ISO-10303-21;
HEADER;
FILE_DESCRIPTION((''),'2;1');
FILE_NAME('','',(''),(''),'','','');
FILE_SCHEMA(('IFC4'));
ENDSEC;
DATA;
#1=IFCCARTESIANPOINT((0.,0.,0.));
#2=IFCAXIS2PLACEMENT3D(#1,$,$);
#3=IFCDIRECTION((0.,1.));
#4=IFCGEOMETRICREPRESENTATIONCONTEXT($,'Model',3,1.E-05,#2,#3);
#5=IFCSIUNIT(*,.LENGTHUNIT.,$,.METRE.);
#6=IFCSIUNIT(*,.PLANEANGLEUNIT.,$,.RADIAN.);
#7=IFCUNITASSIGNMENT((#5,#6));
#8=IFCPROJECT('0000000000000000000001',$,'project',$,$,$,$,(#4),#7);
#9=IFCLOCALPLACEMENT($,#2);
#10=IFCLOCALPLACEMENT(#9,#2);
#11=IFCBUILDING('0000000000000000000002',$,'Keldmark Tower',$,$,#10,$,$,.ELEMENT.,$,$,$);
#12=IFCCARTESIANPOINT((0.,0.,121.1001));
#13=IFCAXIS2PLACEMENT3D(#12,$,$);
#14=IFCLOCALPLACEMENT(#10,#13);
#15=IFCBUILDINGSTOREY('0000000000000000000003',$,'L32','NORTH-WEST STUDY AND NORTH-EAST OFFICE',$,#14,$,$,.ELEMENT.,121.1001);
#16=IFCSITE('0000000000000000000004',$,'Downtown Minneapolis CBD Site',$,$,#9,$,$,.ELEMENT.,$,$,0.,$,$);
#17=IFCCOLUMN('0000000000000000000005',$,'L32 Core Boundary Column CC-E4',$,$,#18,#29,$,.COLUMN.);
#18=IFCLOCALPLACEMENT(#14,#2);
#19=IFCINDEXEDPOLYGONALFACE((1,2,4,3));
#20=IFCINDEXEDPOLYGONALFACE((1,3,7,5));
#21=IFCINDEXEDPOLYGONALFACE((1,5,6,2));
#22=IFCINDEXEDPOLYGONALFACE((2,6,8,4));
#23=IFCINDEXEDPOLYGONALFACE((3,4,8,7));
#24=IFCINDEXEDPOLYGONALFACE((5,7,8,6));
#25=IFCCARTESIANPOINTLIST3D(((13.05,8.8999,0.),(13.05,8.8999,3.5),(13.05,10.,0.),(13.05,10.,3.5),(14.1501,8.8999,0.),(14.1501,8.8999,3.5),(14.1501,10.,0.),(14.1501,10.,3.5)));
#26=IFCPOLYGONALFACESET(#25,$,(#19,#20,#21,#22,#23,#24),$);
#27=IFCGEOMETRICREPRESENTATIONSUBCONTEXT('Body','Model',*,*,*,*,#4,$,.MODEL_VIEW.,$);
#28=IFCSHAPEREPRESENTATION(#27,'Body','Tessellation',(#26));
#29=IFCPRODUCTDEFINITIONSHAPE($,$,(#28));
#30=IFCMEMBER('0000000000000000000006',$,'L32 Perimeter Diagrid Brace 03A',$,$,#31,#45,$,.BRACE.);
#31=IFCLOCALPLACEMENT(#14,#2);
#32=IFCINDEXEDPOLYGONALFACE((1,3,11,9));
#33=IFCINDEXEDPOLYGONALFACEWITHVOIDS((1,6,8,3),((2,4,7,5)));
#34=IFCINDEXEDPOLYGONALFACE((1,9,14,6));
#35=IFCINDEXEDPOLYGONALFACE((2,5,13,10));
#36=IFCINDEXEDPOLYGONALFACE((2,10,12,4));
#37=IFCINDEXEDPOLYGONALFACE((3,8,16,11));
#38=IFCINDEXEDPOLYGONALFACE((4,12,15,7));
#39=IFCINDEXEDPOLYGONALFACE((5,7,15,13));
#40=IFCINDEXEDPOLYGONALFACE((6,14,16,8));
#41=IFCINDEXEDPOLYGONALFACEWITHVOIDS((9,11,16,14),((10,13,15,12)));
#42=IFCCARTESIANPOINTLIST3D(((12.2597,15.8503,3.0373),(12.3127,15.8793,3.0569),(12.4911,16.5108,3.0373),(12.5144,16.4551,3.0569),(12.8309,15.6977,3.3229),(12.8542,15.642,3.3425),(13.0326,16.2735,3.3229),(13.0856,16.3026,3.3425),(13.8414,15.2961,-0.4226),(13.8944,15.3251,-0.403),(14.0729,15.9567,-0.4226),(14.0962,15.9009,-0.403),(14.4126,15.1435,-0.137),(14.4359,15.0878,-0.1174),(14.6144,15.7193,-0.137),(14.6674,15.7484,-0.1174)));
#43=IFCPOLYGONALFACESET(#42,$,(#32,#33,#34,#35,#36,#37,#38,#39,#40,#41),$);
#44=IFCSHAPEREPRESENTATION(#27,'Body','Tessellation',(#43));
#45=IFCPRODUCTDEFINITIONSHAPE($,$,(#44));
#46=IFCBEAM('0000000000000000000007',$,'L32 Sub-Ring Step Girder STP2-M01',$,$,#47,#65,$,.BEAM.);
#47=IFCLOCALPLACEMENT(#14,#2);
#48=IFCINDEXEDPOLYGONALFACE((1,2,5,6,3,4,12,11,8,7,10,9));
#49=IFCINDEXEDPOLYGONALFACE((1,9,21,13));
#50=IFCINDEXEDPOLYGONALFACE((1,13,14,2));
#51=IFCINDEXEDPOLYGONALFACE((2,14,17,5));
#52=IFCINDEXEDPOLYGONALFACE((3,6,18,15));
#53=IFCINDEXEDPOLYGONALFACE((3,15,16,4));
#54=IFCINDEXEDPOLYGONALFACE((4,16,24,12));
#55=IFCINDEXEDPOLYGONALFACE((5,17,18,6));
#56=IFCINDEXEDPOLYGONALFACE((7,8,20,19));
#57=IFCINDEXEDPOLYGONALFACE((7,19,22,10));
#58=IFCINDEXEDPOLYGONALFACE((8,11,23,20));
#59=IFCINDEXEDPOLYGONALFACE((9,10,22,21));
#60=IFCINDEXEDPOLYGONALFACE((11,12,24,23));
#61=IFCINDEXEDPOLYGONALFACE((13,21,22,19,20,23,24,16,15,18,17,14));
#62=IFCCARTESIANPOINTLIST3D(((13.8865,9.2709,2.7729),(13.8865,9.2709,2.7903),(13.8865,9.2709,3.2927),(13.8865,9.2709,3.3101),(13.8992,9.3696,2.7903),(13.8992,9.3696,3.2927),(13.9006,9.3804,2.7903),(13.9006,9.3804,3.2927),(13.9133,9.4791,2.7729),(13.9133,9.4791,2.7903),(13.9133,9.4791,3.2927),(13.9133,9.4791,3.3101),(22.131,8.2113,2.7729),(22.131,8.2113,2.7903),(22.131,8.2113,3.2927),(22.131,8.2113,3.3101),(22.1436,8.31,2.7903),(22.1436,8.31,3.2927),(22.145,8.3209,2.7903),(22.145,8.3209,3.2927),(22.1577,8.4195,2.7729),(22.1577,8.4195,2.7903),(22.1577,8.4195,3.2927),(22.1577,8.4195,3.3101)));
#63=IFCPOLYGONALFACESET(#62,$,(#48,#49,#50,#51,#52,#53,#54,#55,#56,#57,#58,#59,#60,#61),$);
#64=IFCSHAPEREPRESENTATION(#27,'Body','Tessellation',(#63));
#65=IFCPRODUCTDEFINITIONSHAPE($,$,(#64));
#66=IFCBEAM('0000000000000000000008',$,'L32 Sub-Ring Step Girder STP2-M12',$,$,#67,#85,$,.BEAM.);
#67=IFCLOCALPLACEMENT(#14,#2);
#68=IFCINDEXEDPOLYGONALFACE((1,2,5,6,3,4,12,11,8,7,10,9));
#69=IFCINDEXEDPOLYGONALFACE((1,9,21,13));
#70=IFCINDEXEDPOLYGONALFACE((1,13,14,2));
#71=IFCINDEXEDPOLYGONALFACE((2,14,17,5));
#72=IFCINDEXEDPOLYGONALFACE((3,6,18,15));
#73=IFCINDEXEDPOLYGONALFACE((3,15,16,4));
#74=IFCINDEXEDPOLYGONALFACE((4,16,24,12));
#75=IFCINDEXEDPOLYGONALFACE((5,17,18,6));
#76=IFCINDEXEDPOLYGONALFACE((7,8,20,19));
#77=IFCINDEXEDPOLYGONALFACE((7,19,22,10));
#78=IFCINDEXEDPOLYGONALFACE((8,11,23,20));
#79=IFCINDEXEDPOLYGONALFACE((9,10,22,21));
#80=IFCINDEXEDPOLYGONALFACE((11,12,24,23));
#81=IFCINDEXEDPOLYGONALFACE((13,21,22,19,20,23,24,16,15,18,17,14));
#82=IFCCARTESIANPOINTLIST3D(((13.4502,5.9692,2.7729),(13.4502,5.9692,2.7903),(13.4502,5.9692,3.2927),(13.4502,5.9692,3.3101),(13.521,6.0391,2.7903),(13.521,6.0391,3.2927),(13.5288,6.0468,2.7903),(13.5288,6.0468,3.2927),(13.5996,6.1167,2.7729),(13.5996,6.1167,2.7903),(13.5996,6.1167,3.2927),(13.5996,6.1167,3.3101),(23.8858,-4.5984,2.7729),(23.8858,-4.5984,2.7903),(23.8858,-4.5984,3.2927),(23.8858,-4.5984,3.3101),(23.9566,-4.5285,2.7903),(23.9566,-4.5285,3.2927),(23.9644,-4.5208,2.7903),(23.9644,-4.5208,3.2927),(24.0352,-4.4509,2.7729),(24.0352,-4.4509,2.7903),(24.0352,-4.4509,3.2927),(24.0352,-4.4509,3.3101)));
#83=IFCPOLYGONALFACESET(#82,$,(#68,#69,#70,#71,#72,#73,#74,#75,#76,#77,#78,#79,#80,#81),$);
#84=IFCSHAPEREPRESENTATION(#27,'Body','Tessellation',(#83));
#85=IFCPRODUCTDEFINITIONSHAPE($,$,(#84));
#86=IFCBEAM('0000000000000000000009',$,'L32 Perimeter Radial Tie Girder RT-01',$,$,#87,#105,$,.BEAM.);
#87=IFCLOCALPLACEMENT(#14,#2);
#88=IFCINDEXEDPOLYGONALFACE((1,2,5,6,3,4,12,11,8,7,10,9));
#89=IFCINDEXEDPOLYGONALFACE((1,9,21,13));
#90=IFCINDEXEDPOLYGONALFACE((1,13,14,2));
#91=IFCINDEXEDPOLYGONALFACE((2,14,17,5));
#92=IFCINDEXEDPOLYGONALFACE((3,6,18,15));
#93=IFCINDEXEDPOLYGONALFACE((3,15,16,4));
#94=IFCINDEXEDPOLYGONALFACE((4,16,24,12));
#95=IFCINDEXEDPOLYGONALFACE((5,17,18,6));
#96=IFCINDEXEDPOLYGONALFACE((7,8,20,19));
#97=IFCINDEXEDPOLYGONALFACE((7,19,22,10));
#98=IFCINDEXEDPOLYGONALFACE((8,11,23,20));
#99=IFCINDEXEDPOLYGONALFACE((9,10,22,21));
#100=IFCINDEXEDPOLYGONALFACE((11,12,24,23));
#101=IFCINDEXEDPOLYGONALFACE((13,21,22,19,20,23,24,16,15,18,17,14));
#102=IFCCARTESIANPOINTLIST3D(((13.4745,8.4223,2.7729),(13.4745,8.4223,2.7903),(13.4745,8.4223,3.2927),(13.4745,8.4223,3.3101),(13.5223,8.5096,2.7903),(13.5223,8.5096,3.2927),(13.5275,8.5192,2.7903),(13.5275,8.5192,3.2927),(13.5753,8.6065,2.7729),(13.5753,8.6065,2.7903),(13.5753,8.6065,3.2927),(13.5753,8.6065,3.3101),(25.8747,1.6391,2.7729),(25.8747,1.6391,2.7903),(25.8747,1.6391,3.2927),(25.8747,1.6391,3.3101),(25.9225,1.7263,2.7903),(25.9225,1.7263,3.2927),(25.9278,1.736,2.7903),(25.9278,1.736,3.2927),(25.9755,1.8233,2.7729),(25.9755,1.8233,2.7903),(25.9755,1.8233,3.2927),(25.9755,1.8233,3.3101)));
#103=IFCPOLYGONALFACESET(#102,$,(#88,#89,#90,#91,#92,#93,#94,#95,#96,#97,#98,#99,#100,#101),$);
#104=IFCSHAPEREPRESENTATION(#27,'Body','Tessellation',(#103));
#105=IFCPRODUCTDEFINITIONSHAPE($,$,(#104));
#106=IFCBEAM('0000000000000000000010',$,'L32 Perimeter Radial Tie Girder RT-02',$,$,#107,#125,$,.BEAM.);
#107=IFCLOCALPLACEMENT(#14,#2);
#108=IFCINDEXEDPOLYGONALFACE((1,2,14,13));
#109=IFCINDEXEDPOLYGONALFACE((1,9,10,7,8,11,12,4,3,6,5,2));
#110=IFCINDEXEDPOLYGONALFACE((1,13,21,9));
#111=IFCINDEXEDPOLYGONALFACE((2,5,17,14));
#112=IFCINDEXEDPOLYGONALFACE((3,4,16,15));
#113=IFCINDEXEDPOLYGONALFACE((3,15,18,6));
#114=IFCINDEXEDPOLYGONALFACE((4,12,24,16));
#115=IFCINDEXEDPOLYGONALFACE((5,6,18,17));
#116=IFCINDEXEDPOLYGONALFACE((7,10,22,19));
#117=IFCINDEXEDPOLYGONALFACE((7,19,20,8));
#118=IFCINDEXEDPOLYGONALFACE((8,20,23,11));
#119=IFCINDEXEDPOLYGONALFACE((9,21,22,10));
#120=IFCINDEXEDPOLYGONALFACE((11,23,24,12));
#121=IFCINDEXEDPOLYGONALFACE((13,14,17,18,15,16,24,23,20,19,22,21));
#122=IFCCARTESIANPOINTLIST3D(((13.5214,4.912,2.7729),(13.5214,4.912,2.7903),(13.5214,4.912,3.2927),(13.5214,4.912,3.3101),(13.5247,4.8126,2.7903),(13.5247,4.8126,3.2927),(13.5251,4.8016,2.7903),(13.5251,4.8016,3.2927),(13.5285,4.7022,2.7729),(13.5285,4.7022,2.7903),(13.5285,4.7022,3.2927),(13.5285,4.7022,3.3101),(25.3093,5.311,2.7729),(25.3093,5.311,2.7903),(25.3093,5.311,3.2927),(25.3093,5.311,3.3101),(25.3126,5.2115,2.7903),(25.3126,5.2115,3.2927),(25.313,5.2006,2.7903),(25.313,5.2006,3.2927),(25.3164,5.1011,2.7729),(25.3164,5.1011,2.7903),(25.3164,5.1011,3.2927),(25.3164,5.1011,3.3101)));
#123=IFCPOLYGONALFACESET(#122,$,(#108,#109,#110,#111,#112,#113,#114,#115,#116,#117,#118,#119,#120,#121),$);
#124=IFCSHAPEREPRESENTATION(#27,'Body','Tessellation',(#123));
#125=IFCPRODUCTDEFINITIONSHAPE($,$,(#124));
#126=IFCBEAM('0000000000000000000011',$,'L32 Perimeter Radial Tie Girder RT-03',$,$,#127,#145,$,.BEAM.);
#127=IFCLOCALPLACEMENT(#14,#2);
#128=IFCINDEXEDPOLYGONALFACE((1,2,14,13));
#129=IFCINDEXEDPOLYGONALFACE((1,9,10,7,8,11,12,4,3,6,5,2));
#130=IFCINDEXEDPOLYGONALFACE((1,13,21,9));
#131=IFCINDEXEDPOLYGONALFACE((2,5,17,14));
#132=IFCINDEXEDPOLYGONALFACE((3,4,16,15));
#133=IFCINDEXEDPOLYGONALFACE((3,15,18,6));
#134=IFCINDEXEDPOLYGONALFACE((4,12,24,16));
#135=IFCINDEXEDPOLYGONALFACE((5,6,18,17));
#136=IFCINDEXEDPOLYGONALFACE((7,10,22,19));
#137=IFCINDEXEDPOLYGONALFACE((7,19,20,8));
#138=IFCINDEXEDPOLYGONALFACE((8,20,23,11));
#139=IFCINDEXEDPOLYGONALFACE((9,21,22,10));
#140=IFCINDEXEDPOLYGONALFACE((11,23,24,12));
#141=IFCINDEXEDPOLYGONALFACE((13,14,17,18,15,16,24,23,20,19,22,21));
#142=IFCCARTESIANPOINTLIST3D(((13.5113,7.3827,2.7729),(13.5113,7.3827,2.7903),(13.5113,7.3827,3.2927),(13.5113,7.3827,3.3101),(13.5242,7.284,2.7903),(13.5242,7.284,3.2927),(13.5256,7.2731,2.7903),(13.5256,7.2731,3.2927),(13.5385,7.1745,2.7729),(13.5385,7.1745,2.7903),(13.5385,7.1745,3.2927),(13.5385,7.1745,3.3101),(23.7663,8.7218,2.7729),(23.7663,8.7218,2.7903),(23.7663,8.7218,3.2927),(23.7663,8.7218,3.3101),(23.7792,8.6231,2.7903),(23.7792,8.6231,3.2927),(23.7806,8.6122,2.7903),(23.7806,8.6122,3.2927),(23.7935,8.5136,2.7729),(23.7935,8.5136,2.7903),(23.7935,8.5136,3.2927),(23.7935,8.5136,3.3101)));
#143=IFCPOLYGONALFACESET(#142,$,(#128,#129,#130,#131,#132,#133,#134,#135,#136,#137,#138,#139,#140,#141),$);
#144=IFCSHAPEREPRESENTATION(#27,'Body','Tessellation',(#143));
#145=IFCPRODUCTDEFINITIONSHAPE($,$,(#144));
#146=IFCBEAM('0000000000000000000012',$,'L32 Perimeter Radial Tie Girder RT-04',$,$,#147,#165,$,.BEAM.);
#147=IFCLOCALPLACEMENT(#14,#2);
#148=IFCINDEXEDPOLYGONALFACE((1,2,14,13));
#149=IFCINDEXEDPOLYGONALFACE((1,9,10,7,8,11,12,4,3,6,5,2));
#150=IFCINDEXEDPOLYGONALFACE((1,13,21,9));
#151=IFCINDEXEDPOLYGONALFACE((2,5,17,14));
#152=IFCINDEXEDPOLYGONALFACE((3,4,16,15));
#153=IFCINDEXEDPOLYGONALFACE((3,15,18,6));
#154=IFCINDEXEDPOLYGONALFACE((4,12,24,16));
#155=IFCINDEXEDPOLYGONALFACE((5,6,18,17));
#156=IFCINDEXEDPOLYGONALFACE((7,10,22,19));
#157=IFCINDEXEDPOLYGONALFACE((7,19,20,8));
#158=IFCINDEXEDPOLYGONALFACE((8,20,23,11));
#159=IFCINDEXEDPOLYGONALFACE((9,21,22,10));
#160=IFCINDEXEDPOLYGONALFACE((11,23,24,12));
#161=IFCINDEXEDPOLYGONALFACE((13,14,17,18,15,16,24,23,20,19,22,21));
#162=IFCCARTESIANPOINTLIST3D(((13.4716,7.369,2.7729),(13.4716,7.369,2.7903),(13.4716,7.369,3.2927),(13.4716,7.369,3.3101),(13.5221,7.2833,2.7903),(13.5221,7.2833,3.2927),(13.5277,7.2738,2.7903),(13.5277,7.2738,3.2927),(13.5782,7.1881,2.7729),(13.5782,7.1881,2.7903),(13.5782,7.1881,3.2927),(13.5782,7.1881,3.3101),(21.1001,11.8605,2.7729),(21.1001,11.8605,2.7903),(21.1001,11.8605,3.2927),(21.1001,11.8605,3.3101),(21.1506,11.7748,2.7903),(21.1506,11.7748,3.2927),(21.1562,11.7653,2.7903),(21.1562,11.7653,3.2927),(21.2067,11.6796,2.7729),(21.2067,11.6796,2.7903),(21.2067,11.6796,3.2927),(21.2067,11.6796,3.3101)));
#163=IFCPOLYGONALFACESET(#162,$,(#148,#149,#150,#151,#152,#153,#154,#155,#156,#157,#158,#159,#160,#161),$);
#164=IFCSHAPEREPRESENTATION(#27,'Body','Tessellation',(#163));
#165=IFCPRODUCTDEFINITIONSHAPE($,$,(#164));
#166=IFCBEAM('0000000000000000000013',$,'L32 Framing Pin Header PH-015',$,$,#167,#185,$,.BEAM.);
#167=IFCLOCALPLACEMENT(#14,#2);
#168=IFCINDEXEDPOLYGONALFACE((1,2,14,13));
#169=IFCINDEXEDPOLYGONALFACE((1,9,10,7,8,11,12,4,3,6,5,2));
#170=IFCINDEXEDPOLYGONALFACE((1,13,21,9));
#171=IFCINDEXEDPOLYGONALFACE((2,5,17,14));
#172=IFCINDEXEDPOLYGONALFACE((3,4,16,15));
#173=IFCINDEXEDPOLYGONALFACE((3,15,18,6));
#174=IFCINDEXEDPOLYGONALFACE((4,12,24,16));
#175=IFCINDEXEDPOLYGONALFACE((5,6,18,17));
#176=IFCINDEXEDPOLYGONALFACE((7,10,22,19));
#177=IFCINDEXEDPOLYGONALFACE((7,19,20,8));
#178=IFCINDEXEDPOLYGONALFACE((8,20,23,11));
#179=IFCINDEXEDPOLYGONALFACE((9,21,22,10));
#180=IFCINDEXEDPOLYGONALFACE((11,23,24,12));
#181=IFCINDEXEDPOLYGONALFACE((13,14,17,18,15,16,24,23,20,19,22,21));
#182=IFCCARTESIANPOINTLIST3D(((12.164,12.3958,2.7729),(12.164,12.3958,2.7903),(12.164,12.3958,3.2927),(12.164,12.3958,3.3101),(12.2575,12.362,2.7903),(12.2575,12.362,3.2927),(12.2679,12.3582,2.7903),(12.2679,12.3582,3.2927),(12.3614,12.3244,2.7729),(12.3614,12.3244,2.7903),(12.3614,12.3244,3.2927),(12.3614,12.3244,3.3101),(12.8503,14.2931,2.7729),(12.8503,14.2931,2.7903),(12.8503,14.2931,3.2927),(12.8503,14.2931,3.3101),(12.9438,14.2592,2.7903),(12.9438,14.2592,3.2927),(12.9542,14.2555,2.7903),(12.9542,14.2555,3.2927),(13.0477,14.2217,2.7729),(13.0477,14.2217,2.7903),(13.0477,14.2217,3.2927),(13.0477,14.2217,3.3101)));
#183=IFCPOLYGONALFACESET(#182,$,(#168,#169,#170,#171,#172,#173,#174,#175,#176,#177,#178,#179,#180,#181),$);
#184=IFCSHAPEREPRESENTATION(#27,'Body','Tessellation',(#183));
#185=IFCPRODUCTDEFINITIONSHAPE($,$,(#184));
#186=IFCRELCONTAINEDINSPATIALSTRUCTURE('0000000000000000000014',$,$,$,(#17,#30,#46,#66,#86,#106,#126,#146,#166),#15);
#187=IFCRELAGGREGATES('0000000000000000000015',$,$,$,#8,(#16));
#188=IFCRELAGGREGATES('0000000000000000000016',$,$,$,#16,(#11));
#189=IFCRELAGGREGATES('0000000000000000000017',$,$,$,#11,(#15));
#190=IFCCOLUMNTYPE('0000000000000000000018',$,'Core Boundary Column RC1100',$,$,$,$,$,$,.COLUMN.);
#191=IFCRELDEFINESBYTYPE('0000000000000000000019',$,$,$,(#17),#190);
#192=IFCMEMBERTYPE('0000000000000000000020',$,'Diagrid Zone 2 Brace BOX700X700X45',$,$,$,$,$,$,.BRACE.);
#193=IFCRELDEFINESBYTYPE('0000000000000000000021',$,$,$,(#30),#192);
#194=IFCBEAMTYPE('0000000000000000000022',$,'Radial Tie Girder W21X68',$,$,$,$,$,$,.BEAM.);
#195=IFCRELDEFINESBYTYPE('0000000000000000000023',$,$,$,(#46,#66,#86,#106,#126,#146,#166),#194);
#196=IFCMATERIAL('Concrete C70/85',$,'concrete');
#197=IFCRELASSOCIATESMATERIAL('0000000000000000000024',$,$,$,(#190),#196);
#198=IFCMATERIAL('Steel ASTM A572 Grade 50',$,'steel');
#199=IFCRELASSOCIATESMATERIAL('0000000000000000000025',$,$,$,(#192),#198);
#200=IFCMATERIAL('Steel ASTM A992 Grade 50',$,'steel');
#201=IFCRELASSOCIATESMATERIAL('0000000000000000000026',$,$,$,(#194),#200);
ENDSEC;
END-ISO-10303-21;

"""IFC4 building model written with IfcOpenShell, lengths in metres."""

from ifc_helpers import new_model, si_unit, direction, frame, origin, origin_2d, place, context, subcontext, project, spatial, rectangle, hollow_rectangle, i_section, extrude, material, material_profile, profile_set, type_object, element, save


model = new_model("IFC4")

# Units and contexts
model_context = context("Model", 3, precision=1e-05, world=origin(), true_north=direction((0.0, 1.0)))
body_context = subcontext(model_context, "Body", "Model", "MODEL_VIEW")
ifc_project = project(units=[si_unit("LENGTHUNIT", "METRE"), si_unit("PLANEANGLEUNIT", "RADIAN")], contexts=[model_context])

# Site, building, storey
site_placement = place(None, origin())
site = spatial("IfcSite", under=ifc_project, at=site_placement, Name="Downtown Minneapolis CBD Site", CompositionType="ELEMENT", RefElevation=0.0)
building_placement = place(site_placement, origin())
building = spatial("IfcBuilding", under=site, at=building_placement, Name="Keldmark Tower", CompositionType="ELEMENT")
storey_placement = place(building_placement, frame((0.0, 0.0, 121.1001)))
storey = spatial("IfcBuildingStorey", under=building, at=storey_placement, Name="L32", Description="NORTH-WEST STUDY AND NORTH-EAST OFFICE", CompositionType="ELEMENT", Elevation=121.1001)

# Column
ifc_material_1 = material(Name="Concrete C70/85", Category="concrete")
ifc_material_profile_1 = material_profile(ifc_material_1, rectangle(XDim=1.1001, YDim=1.1001, at=origin_2d()), Name="RC1100X1100")
ifc_profile_set_1 = profile_set([ifc_material_profile_1], Name="Concrete C70/85")
column_type = type_object("IfcColumnType", Name="Core Boundary Column RC1100", PredefinedType="COLUMN", material=ifc_profile_set_1)
column_placement = place(storey_placement, frame((13.6001, 9.45, 0.0), z_axis=(0.0, 0.0, 1.0), x_axis=(1.0, 0.0, 0.0)))
element("IfcColumn", 1, at=column_placement, inside=storey, type_object=column_type, Name="L32 Core Boundary Column CC-E4", PredefinedType="COLUMN", context=body_context, shape_type="SweptSolid", body=[
    extrude(rectangle(XDim=1.1001, YDim=1.1001, at=origin_2d()), origin(), (0.0, 0.0, 1.0), 3.5),
])

# Member
ifc_material_2 = material(Name="Steel ASTM A572 Grade 50", Category="steel")
ifc_material_profile_2 = material_profile(ifc_material_2, hollow_rectangle(XDim=0.7, YDim=0.7, WallThickness=0.0449, at=origin_2d()), Name="BOX700X700X45")
ifc_profile_set_2 = profile_set([ifc_material_profile_2], Name="Steel ASTM A572 Grade 50")
member_type = type_object("IfcMemberType", Name="Diagrid Zone 2 Brace BOX700X700X45", PredefinedType="BRACE", material=ifc_profile_set_2)
member_placement = place(storey_placement, frame((14.2544, 15.5222, -0.27), z_axis=(-0.411437, 0.144152, 0.899967), x_axis=(-0.330655, -0.943752, 0.0)))
element("IfcMember", 2, at=member_placement, inside=storey, type_object=member_type, Name="L32 Perimeter Diagrid Brace 03A", PredefinedType="BRACE", context=body_context, shape_type="SweptSolid", body=[
    extrude(hollow_rectangle(XDim=0.7, YDim=0.7, WallThickness=0.0449, at=origin_2d()), origin(), (0.0, 0.0, 1.0), 3.8445),
])

# Beams
ifc_material_3 = material(Name="Steel ASTM A992 Grade 50", Category="steel")
ifc_material_profile_3 = material_profile(ifc_material_3, i_section(OverallWidth=0.21, OverallDepth=0.5371, WebThickness=0.011, FlangeThickness=0.0173, at=origin_2d()), Name="W21X68")
ifc_profile_set_3 = profile_set([ifc_material_profile_3], Name="Steel ASTM A992 Grade 50")
beam_type_1 = type_object("IfcBeamType", Name="Radial Tie Girder W21X68", PredefinedType="BEAM", material=ifc_profile_set_3)
beam_1_placement = place(storey_placement, frame((13.8999, 9.375, 3.0415), z_axis=(0.991842, -0.127472, 0.0), x_axis=(0.127472, 0.991842, 0.0)))
element("IfcBeam", 3, at=beam_1_placement, inside=storey, type_object=beam_type_1, Name="L32 Sub-Ring Step Girder STP2-M01", PredefinedType="BEAM", context=body_context, shape_type="SweptSolid", body=[
    extrude(i_section(OverallWidth=0.21, OverallDepth=0.5371, WebThickness=0.011, FlangeThickness=0.0173, at=origin_2d()), origin(), (0.0, 0.0, 1.0), 8.3123),
])
beam_2_placement = place(storey_placement, frame((13.5249, 6.043, 3.0415), z_axis=(0.702646, -0.711539, 0.0), x_axis=(0.711539, 0.702646, 0.0)))
element("IfcBeam", 4, at=beam_2_placement, inside=storey, type_object=beam_type_1, Name="L32 Sub-Ring Step Girder STP2-M12", PredefinedType="BEAM", context=body_context, shape_type="SweptSolid", body=[
    extrude(i_section(OverallWidth=0.21, OverallDepth=0.5371, WebThickness=0.011, FlangeThickness=0.0173, at=origin_2d()), origin(), (0.0, 0.0, 1.0), 14.8518),
])
beam_3_placement = place(storey_placement, frame((13.5249, 8.5144, 3.0415), z_axis=(0.877315, -0.479914, 0.0), x_axis=(0.479914, 0.877315, 0.0)))
element("IfcBeam", 5, at=beam_3_placement, inside=storey, type_object=beam_type_1, Name="L32 Perimeter Radial Tie Girder RT-01", PredefinedType="BEAM", context=body_context, shape_type="SweptSolid", body=[
    extrude(i_section(OverallWidth=0.21, OverallDepth=0.5371, WebThickness=0.011, FlangeThickness=0.0173, at=origin_2d()), origin(), (0.0, 0.0, 1.0), 14.1343),
])
beam_4_placement = place(storey_placement, frame((13.5249, 4.8071, 3.0415), z_axis=(0.999428, 0.033823, 0.0), x_axis=(-0.033823, 0.999428, 0.0)))
element("IfcBeam", 6, at=beam_4_placement, inside=storey, type_object=beam_type_1, Name="L32 Perimeter Radial Tie Girder RT-02", PredefinedType="BEAM", context=body_context, shape_type="SweptSolid", body=[
    extrude(i_section(OverallWidth=0.21, OverallDepth=0.5371, WebThickness=0.011, FlangeThickness=0.0173, at=origin_2d()), origin(), (0.0, 0.0, 1.0), 11.7947),
])
beam_5_placement = place(storey_placement, frame((13.5249, 7.2786, 3.0415), z_axis=(0.991582, 0.129484, 0.0), x_axis=(-0.129484, 0.991582, 0.0)))
element("IfcBeam", 7, at=beam_5_placement, inside=storey, type_object=beam_type_1, Name="L32 Perimeter Radial Tie Girder RT-03", PredefinedType="BEAM", context=body_context, shape_type="SweptSolid", body=[
    extrude(i_section(OverallWidth=0.21, OverallDepth=0.5371, WebThickness=0.011, FlangeThickness=0.0173, at=origin_2d()), origin(), (0.0, 0.0, 1.0), 10.342),
])
beam_6_placement = place(storey_placement, frame((13.5249, 7.2786, 3.0415), z_axis=(0.861729, 0.507368, 0.0), x_axis=(-0.507368, 0.861729, 0.0)))
element("IfcBeam", 8, at=beam_6_placement, inside=storey, type_object=beam_type_1, Name="L32 Perimeter Radial Tie Girder RT-04", PredefinedType="BEAM", context=body_context, shape_type="SweptSolid", body=[
    extrude(i_section(OverallWidth=0.21, OverallDepth=0.5371, WebThickness=0.011, FlangeThickness=0.0173, at=origin_2d()), origin(), (0.0, 0.0, 1.0), 8.8525),
])
beam_7_placement = place(storey_placement, frame((12.2627, 12.3601, 3.0415), z_axis=(0.340159, 0.940368, 0.0), x_axis=(-0.940368, 0.340159, 0.0)))
element("IfcBeam", 9, at=beam_7_placement, inside=storey, type_object=beam_type_1, Name="L32 Framing Pin Header PH-015", PredefinedType="BEAM", context=body_context, shape_type="SweptSolid", body=[
    extrude(i_section(OverallWidth=0.21, OverallDepth=0.5371, WebThickness=0.011, FlangeThickness=0.0173, at=origin_2d()), origin(), (0.0, 0.0, 1.0), 2.0176),
])

save(model, "model.ifc")
